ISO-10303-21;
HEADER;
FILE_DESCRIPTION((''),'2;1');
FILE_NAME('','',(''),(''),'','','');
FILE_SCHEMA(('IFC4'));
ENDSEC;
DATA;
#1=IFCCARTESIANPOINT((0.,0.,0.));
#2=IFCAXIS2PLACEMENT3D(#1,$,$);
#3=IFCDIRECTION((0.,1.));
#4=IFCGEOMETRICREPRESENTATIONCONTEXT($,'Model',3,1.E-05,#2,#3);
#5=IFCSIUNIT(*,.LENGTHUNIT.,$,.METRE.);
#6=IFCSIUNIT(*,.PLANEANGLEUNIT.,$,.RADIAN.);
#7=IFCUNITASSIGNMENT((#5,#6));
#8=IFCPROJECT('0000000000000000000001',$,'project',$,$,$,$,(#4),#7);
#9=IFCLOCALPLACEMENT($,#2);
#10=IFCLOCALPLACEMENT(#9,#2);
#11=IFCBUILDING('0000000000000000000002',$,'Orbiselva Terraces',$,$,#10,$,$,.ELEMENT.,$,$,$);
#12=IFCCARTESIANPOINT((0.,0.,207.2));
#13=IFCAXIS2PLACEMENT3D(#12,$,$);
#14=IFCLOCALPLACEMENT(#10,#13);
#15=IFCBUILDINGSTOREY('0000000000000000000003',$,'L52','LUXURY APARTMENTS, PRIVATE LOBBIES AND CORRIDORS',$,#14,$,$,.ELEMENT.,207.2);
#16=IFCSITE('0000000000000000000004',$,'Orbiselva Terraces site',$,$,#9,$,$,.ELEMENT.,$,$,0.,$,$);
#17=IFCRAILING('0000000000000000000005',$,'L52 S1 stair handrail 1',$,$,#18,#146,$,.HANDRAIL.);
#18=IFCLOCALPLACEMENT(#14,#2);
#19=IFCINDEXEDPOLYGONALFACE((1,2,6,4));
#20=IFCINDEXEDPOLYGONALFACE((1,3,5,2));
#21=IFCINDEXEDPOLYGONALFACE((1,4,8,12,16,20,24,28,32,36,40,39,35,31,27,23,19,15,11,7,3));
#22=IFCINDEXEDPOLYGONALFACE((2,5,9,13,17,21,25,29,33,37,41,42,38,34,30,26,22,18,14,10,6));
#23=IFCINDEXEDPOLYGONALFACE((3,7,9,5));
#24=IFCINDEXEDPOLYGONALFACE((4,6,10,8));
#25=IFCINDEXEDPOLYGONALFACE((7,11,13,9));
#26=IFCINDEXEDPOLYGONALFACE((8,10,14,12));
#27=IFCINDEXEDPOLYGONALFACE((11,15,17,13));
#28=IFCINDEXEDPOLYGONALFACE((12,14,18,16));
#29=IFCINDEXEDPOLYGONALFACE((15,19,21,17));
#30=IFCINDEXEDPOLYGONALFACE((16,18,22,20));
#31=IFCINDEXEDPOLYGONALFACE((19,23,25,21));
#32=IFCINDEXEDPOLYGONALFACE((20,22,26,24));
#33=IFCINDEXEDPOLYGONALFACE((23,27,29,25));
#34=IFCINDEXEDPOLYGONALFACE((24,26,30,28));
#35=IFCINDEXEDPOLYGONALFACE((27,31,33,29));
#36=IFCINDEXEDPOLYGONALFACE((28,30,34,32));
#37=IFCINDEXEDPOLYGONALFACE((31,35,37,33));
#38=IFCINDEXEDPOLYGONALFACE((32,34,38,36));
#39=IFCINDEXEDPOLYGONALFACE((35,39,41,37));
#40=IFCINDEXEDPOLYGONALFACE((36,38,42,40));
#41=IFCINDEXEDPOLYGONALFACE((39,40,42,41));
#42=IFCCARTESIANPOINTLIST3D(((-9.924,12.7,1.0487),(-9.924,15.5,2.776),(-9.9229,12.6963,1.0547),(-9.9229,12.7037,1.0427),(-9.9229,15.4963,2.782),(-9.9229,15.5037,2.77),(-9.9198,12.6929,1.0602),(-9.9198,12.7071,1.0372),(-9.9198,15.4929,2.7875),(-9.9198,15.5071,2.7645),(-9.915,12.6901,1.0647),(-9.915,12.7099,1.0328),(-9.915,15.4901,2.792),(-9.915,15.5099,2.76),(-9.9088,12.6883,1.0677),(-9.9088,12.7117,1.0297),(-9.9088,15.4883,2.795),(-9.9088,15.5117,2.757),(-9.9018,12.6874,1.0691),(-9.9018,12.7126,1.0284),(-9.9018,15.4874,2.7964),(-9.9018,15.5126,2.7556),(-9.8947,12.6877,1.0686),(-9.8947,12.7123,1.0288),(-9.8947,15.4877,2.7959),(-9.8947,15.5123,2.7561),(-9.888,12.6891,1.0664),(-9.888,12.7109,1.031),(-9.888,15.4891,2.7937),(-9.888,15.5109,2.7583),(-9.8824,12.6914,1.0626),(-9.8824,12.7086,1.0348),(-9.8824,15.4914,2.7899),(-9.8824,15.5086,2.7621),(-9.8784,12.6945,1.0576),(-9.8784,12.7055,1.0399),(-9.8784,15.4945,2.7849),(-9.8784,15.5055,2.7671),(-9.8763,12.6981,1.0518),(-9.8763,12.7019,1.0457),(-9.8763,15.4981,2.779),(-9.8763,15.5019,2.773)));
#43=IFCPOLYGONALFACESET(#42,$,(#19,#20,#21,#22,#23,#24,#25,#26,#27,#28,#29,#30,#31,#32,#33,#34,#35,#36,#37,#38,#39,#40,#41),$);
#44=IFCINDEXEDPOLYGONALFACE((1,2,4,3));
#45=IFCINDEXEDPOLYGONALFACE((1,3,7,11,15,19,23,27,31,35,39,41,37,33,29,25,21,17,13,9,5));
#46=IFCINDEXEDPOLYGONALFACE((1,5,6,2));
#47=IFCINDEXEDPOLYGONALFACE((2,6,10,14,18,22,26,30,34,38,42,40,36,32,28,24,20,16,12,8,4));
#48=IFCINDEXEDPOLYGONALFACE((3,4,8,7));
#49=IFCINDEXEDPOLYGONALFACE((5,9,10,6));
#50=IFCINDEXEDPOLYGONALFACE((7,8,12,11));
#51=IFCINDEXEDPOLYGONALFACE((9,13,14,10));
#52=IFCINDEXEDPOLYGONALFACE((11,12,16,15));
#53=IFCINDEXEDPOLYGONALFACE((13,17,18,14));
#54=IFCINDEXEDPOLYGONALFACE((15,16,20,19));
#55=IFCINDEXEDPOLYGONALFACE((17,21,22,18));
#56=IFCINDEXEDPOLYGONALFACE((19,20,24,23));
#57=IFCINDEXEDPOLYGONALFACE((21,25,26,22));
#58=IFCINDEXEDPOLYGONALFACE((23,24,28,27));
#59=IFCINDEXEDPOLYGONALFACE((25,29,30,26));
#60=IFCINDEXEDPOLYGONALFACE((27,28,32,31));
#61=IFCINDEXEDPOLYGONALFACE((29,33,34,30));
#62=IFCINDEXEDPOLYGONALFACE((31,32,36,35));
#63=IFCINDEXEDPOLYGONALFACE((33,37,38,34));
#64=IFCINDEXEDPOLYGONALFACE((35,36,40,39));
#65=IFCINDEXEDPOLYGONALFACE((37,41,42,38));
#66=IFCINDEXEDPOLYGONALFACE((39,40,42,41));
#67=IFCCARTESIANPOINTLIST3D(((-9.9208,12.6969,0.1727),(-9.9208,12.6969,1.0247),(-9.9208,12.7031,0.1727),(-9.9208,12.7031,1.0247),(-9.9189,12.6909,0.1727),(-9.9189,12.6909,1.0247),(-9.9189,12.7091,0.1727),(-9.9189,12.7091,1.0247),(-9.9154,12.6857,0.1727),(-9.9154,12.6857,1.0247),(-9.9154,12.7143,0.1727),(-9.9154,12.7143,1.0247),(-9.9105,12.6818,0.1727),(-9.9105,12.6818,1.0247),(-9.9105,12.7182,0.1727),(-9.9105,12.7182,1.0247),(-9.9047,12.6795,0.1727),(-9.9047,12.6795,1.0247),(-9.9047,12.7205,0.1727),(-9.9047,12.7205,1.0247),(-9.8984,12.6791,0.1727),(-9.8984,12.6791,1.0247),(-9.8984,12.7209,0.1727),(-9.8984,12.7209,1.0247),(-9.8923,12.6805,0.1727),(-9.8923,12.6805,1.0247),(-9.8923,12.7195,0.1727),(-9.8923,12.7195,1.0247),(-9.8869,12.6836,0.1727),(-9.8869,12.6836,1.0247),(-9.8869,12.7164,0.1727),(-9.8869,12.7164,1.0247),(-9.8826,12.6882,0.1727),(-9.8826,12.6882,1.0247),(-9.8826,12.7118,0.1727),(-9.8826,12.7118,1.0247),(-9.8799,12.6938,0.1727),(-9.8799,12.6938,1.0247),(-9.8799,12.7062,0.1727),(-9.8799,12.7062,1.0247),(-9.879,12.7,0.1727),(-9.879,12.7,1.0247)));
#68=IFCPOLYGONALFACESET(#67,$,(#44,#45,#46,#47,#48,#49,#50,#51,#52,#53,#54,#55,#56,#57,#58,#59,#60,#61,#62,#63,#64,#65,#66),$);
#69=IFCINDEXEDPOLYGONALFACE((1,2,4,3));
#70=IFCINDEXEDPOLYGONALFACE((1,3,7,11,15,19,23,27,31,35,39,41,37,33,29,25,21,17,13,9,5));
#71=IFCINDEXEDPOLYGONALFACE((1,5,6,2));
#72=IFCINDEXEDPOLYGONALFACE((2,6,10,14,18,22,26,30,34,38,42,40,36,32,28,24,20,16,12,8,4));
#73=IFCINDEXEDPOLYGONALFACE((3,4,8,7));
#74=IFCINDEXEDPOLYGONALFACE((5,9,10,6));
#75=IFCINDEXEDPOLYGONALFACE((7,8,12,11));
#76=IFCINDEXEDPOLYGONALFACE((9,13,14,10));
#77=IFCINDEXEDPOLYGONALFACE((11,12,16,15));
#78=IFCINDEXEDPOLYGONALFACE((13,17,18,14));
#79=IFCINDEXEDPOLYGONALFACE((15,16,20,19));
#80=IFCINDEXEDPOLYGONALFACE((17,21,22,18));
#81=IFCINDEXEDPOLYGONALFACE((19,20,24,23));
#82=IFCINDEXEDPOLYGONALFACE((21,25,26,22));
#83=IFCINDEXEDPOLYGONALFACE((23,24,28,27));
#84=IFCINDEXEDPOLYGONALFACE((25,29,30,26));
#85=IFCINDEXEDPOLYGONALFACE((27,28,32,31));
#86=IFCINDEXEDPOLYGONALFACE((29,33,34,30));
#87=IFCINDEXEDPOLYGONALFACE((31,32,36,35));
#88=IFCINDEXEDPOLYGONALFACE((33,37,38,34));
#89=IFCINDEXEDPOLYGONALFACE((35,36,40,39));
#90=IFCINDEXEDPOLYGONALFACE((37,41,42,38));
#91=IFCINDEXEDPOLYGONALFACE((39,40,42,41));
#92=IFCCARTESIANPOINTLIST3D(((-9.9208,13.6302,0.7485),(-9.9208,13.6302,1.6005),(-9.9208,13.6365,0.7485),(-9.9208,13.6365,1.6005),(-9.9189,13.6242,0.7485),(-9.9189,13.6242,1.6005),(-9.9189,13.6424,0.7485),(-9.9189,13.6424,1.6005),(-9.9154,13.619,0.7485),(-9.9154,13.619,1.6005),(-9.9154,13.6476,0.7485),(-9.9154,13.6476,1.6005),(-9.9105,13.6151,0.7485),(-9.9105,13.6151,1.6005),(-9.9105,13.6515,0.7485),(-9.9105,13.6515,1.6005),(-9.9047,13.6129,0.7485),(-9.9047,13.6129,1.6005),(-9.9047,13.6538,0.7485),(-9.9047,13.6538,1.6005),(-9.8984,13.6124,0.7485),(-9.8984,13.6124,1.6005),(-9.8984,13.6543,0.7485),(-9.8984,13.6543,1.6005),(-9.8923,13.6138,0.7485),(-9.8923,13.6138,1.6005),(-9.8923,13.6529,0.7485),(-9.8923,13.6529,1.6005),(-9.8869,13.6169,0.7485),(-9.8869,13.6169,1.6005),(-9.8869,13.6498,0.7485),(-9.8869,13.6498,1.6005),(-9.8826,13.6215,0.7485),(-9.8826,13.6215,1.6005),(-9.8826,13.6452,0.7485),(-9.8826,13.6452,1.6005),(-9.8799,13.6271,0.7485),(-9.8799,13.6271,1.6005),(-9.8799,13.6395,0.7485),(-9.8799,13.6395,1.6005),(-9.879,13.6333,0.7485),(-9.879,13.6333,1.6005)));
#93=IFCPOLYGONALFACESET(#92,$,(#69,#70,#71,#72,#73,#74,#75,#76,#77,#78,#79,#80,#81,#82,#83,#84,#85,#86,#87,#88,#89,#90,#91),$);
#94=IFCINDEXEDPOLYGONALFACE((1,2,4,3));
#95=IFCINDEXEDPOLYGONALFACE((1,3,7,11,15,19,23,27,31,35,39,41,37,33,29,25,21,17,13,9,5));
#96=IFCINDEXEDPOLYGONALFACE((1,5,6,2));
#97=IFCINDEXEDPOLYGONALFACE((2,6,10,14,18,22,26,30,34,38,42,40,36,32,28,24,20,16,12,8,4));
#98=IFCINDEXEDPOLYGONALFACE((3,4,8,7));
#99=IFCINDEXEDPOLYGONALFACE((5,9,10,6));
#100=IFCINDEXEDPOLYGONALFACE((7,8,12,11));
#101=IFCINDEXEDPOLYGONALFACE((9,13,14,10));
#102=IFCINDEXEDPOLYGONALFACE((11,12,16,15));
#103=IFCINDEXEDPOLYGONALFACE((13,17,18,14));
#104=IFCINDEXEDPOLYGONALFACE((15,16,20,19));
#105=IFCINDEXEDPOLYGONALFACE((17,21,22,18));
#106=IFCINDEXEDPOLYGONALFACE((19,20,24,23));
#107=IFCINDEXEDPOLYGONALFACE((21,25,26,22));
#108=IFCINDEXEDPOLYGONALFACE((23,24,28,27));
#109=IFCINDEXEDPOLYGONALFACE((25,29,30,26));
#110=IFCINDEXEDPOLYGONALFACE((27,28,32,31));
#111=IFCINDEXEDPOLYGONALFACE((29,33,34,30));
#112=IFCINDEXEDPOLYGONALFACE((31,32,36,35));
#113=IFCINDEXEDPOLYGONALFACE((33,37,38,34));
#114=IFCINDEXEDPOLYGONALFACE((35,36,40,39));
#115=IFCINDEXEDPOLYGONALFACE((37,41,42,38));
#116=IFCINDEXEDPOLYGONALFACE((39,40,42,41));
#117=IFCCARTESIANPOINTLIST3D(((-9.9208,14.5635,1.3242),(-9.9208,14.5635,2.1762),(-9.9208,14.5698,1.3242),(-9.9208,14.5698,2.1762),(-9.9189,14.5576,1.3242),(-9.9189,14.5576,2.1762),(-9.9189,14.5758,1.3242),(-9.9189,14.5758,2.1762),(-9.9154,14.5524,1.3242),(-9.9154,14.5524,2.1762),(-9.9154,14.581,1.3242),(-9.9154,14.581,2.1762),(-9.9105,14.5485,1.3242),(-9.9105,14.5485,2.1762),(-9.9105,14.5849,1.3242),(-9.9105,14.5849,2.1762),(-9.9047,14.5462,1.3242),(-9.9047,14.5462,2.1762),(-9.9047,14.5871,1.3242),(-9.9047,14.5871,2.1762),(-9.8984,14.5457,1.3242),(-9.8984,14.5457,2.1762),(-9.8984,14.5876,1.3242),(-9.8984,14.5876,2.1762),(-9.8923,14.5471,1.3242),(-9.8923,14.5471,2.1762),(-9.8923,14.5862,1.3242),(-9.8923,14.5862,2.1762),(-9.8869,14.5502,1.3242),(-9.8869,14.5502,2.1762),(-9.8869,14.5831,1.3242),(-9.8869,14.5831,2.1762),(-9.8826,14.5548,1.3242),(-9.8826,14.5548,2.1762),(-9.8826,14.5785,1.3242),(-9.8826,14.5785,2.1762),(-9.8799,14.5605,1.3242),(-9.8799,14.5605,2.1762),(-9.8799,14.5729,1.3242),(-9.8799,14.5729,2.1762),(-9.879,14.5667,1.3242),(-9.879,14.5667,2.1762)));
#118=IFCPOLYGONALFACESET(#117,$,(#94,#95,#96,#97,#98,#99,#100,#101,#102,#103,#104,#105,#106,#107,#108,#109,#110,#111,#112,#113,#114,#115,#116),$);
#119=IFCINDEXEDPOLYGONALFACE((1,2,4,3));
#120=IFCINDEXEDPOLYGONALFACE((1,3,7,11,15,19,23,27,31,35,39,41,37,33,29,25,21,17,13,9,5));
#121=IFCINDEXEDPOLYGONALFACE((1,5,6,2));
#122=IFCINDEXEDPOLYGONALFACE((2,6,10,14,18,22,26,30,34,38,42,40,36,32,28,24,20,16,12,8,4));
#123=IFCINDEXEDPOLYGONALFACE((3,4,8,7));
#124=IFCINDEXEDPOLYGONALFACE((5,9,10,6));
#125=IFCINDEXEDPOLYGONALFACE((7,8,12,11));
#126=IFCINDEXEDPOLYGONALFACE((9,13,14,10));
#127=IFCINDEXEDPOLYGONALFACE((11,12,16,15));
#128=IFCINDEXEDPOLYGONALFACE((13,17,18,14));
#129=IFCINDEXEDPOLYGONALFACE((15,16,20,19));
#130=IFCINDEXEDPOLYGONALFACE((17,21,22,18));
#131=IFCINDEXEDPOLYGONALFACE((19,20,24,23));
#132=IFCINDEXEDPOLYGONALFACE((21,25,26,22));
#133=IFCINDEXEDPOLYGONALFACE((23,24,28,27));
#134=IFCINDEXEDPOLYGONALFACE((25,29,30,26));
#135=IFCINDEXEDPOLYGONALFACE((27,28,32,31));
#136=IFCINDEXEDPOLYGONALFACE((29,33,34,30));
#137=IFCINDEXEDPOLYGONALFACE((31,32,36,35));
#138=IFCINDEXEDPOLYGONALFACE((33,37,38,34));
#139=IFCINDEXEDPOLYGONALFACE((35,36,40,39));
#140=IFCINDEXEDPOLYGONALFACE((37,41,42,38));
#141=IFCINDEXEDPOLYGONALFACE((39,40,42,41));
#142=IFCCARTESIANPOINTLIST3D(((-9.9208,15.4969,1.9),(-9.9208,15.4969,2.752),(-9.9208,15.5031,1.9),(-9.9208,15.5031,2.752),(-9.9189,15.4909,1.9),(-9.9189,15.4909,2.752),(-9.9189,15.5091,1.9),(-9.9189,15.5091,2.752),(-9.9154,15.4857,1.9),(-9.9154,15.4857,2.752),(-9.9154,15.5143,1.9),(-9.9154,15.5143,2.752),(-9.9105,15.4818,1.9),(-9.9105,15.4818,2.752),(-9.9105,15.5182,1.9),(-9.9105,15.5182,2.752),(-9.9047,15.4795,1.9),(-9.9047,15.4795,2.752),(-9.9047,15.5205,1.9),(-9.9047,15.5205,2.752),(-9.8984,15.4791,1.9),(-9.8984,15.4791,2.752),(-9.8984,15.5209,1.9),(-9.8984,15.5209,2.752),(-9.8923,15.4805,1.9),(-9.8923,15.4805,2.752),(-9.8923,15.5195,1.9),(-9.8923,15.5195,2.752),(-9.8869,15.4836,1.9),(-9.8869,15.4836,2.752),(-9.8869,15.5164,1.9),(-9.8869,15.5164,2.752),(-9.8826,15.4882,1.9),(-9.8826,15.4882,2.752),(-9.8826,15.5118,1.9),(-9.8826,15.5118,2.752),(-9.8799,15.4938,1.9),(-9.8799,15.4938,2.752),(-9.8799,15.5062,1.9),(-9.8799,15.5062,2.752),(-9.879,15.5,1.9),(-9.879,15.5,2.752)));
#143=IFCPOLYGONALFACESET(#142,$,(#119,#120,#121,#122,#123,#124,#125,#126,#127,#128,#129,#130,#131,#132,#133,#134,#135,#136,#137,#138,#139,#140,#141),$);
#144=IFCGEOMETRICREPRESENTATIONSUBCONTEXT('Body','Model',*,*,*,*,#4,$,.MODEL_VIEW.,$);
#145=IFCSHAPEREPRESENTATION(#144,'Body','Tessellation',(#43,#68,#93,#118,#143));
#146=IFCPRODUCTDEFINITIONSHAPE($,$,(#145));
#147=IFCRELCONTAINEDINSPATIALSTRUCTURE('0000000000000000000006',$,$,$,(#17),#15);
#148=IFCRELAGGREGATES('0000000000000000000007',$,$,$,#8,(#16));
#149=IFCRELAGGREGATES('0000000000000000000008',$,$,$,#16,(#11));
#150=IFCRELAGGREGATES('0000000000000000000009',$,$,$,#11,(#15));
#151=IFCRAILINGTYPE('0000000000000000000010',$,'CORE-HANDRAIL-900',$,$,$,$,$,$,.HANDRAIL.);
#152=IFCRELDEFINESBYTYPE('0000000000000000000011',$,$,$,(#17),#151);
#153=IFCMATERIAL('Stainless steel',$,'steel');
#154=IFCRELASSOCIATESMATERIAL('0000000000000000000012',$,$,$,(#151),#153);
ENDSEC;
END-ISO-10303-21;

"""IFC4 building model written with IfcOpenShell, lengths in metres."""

from ifc_helpers import new_model, si_unit, direction, frame, origin, origin_2d, place, context, subcontext, project, spatial, circle, extrude, material, type_object, element, save


model = new_model("IFC4")

# Units and contexts
model_context = context("Model", 3, precision=1e-05, world=origin(), true_north=direction((0.0, 1.0)))
body_context = subcontext(model_context, "Body", "Model", "MODEL_VIEW")
ifc_project = project(units=[si_unit("LENGTHUNIT", "METRE"), si_unit("PLANEANGLEUNIT", "RADIAN")], contexts=[model_context])

# Site, building, storey
site_placement = place(None, origin())
site = spatial("IfcSite", under=ifc_project, at=site_placement, Name="Orbiselva Terraces site", CompositionType="ELEMENT", RefElevation=0.0)
building_placement = place(site_placement, origin())
building = spatial("IfcBuilding", under=site, at=building_placement, Name="Orbiselva Terraces", CompositionType="ELEMENT")
storey_placement = place(building_placement, frame((0.0, 0.0, 207.2)))
storey = spatial("IfcBuildingStorey", under=building, at=storey_placement, Name="L52", Description="LUXURY APARTMENTS, PRIVATE LOBBIES AND CORRIDORS", CompositionType="ELEMENT", Elevation=207.2)

# Railing
ifc_material_1 = material(Name="Stainless steel", Category="steel")
railing_type_1 = type_object("IfcRailingType", Name="CORE-HANDRAIL-900", PredefinedType="HANDRAIL", material=ifc_material_1)
railing_1_placement = place(storey_placement, frame((-9.9, 12.7, 0.1727)))
element("IfcRailing", 1, at=railing_1_placement, inside=storey, type_object=railing_type_1, Name="L52 S1 stair handrail 1", PredefinedType="HANDRAIL", context=body_context, shape_type="SweptSolid", body=[
    extrude(circle(Radius=0.024, at=origin_2d()), frame((0.0, 0.0, 0.876), z_axis=(0.0, 0.851089, 0.525022), x_axis=(-1.0, 0.0, 0.0)), (0.0, 0.0, 1.0), 3.2899),
    extrude(circle(Radius=0.021, at=origin_2d()), origin(), (0.0, 0.0, 1.0), 0.852),
    extrude(circle(Radius=0.021, at=origin_2d()), frame((0.0, 0.9333, 0.5758)), (0.0, 0.0, 1.0), 0.852),
    extrude(circle(Radius=0.021, at=origin_2d()), frame((0.0, 1.8667, 1.1515)), (0.0, 0.0, 1.0), 0.852),
    extrude(circle(Radius=0.021, at=origin_2d()), frame((0.0, 2.8, 1.7273)), (0.0, 0.0, 1.0), 0.852),
])

save(model, "model.ifc")
